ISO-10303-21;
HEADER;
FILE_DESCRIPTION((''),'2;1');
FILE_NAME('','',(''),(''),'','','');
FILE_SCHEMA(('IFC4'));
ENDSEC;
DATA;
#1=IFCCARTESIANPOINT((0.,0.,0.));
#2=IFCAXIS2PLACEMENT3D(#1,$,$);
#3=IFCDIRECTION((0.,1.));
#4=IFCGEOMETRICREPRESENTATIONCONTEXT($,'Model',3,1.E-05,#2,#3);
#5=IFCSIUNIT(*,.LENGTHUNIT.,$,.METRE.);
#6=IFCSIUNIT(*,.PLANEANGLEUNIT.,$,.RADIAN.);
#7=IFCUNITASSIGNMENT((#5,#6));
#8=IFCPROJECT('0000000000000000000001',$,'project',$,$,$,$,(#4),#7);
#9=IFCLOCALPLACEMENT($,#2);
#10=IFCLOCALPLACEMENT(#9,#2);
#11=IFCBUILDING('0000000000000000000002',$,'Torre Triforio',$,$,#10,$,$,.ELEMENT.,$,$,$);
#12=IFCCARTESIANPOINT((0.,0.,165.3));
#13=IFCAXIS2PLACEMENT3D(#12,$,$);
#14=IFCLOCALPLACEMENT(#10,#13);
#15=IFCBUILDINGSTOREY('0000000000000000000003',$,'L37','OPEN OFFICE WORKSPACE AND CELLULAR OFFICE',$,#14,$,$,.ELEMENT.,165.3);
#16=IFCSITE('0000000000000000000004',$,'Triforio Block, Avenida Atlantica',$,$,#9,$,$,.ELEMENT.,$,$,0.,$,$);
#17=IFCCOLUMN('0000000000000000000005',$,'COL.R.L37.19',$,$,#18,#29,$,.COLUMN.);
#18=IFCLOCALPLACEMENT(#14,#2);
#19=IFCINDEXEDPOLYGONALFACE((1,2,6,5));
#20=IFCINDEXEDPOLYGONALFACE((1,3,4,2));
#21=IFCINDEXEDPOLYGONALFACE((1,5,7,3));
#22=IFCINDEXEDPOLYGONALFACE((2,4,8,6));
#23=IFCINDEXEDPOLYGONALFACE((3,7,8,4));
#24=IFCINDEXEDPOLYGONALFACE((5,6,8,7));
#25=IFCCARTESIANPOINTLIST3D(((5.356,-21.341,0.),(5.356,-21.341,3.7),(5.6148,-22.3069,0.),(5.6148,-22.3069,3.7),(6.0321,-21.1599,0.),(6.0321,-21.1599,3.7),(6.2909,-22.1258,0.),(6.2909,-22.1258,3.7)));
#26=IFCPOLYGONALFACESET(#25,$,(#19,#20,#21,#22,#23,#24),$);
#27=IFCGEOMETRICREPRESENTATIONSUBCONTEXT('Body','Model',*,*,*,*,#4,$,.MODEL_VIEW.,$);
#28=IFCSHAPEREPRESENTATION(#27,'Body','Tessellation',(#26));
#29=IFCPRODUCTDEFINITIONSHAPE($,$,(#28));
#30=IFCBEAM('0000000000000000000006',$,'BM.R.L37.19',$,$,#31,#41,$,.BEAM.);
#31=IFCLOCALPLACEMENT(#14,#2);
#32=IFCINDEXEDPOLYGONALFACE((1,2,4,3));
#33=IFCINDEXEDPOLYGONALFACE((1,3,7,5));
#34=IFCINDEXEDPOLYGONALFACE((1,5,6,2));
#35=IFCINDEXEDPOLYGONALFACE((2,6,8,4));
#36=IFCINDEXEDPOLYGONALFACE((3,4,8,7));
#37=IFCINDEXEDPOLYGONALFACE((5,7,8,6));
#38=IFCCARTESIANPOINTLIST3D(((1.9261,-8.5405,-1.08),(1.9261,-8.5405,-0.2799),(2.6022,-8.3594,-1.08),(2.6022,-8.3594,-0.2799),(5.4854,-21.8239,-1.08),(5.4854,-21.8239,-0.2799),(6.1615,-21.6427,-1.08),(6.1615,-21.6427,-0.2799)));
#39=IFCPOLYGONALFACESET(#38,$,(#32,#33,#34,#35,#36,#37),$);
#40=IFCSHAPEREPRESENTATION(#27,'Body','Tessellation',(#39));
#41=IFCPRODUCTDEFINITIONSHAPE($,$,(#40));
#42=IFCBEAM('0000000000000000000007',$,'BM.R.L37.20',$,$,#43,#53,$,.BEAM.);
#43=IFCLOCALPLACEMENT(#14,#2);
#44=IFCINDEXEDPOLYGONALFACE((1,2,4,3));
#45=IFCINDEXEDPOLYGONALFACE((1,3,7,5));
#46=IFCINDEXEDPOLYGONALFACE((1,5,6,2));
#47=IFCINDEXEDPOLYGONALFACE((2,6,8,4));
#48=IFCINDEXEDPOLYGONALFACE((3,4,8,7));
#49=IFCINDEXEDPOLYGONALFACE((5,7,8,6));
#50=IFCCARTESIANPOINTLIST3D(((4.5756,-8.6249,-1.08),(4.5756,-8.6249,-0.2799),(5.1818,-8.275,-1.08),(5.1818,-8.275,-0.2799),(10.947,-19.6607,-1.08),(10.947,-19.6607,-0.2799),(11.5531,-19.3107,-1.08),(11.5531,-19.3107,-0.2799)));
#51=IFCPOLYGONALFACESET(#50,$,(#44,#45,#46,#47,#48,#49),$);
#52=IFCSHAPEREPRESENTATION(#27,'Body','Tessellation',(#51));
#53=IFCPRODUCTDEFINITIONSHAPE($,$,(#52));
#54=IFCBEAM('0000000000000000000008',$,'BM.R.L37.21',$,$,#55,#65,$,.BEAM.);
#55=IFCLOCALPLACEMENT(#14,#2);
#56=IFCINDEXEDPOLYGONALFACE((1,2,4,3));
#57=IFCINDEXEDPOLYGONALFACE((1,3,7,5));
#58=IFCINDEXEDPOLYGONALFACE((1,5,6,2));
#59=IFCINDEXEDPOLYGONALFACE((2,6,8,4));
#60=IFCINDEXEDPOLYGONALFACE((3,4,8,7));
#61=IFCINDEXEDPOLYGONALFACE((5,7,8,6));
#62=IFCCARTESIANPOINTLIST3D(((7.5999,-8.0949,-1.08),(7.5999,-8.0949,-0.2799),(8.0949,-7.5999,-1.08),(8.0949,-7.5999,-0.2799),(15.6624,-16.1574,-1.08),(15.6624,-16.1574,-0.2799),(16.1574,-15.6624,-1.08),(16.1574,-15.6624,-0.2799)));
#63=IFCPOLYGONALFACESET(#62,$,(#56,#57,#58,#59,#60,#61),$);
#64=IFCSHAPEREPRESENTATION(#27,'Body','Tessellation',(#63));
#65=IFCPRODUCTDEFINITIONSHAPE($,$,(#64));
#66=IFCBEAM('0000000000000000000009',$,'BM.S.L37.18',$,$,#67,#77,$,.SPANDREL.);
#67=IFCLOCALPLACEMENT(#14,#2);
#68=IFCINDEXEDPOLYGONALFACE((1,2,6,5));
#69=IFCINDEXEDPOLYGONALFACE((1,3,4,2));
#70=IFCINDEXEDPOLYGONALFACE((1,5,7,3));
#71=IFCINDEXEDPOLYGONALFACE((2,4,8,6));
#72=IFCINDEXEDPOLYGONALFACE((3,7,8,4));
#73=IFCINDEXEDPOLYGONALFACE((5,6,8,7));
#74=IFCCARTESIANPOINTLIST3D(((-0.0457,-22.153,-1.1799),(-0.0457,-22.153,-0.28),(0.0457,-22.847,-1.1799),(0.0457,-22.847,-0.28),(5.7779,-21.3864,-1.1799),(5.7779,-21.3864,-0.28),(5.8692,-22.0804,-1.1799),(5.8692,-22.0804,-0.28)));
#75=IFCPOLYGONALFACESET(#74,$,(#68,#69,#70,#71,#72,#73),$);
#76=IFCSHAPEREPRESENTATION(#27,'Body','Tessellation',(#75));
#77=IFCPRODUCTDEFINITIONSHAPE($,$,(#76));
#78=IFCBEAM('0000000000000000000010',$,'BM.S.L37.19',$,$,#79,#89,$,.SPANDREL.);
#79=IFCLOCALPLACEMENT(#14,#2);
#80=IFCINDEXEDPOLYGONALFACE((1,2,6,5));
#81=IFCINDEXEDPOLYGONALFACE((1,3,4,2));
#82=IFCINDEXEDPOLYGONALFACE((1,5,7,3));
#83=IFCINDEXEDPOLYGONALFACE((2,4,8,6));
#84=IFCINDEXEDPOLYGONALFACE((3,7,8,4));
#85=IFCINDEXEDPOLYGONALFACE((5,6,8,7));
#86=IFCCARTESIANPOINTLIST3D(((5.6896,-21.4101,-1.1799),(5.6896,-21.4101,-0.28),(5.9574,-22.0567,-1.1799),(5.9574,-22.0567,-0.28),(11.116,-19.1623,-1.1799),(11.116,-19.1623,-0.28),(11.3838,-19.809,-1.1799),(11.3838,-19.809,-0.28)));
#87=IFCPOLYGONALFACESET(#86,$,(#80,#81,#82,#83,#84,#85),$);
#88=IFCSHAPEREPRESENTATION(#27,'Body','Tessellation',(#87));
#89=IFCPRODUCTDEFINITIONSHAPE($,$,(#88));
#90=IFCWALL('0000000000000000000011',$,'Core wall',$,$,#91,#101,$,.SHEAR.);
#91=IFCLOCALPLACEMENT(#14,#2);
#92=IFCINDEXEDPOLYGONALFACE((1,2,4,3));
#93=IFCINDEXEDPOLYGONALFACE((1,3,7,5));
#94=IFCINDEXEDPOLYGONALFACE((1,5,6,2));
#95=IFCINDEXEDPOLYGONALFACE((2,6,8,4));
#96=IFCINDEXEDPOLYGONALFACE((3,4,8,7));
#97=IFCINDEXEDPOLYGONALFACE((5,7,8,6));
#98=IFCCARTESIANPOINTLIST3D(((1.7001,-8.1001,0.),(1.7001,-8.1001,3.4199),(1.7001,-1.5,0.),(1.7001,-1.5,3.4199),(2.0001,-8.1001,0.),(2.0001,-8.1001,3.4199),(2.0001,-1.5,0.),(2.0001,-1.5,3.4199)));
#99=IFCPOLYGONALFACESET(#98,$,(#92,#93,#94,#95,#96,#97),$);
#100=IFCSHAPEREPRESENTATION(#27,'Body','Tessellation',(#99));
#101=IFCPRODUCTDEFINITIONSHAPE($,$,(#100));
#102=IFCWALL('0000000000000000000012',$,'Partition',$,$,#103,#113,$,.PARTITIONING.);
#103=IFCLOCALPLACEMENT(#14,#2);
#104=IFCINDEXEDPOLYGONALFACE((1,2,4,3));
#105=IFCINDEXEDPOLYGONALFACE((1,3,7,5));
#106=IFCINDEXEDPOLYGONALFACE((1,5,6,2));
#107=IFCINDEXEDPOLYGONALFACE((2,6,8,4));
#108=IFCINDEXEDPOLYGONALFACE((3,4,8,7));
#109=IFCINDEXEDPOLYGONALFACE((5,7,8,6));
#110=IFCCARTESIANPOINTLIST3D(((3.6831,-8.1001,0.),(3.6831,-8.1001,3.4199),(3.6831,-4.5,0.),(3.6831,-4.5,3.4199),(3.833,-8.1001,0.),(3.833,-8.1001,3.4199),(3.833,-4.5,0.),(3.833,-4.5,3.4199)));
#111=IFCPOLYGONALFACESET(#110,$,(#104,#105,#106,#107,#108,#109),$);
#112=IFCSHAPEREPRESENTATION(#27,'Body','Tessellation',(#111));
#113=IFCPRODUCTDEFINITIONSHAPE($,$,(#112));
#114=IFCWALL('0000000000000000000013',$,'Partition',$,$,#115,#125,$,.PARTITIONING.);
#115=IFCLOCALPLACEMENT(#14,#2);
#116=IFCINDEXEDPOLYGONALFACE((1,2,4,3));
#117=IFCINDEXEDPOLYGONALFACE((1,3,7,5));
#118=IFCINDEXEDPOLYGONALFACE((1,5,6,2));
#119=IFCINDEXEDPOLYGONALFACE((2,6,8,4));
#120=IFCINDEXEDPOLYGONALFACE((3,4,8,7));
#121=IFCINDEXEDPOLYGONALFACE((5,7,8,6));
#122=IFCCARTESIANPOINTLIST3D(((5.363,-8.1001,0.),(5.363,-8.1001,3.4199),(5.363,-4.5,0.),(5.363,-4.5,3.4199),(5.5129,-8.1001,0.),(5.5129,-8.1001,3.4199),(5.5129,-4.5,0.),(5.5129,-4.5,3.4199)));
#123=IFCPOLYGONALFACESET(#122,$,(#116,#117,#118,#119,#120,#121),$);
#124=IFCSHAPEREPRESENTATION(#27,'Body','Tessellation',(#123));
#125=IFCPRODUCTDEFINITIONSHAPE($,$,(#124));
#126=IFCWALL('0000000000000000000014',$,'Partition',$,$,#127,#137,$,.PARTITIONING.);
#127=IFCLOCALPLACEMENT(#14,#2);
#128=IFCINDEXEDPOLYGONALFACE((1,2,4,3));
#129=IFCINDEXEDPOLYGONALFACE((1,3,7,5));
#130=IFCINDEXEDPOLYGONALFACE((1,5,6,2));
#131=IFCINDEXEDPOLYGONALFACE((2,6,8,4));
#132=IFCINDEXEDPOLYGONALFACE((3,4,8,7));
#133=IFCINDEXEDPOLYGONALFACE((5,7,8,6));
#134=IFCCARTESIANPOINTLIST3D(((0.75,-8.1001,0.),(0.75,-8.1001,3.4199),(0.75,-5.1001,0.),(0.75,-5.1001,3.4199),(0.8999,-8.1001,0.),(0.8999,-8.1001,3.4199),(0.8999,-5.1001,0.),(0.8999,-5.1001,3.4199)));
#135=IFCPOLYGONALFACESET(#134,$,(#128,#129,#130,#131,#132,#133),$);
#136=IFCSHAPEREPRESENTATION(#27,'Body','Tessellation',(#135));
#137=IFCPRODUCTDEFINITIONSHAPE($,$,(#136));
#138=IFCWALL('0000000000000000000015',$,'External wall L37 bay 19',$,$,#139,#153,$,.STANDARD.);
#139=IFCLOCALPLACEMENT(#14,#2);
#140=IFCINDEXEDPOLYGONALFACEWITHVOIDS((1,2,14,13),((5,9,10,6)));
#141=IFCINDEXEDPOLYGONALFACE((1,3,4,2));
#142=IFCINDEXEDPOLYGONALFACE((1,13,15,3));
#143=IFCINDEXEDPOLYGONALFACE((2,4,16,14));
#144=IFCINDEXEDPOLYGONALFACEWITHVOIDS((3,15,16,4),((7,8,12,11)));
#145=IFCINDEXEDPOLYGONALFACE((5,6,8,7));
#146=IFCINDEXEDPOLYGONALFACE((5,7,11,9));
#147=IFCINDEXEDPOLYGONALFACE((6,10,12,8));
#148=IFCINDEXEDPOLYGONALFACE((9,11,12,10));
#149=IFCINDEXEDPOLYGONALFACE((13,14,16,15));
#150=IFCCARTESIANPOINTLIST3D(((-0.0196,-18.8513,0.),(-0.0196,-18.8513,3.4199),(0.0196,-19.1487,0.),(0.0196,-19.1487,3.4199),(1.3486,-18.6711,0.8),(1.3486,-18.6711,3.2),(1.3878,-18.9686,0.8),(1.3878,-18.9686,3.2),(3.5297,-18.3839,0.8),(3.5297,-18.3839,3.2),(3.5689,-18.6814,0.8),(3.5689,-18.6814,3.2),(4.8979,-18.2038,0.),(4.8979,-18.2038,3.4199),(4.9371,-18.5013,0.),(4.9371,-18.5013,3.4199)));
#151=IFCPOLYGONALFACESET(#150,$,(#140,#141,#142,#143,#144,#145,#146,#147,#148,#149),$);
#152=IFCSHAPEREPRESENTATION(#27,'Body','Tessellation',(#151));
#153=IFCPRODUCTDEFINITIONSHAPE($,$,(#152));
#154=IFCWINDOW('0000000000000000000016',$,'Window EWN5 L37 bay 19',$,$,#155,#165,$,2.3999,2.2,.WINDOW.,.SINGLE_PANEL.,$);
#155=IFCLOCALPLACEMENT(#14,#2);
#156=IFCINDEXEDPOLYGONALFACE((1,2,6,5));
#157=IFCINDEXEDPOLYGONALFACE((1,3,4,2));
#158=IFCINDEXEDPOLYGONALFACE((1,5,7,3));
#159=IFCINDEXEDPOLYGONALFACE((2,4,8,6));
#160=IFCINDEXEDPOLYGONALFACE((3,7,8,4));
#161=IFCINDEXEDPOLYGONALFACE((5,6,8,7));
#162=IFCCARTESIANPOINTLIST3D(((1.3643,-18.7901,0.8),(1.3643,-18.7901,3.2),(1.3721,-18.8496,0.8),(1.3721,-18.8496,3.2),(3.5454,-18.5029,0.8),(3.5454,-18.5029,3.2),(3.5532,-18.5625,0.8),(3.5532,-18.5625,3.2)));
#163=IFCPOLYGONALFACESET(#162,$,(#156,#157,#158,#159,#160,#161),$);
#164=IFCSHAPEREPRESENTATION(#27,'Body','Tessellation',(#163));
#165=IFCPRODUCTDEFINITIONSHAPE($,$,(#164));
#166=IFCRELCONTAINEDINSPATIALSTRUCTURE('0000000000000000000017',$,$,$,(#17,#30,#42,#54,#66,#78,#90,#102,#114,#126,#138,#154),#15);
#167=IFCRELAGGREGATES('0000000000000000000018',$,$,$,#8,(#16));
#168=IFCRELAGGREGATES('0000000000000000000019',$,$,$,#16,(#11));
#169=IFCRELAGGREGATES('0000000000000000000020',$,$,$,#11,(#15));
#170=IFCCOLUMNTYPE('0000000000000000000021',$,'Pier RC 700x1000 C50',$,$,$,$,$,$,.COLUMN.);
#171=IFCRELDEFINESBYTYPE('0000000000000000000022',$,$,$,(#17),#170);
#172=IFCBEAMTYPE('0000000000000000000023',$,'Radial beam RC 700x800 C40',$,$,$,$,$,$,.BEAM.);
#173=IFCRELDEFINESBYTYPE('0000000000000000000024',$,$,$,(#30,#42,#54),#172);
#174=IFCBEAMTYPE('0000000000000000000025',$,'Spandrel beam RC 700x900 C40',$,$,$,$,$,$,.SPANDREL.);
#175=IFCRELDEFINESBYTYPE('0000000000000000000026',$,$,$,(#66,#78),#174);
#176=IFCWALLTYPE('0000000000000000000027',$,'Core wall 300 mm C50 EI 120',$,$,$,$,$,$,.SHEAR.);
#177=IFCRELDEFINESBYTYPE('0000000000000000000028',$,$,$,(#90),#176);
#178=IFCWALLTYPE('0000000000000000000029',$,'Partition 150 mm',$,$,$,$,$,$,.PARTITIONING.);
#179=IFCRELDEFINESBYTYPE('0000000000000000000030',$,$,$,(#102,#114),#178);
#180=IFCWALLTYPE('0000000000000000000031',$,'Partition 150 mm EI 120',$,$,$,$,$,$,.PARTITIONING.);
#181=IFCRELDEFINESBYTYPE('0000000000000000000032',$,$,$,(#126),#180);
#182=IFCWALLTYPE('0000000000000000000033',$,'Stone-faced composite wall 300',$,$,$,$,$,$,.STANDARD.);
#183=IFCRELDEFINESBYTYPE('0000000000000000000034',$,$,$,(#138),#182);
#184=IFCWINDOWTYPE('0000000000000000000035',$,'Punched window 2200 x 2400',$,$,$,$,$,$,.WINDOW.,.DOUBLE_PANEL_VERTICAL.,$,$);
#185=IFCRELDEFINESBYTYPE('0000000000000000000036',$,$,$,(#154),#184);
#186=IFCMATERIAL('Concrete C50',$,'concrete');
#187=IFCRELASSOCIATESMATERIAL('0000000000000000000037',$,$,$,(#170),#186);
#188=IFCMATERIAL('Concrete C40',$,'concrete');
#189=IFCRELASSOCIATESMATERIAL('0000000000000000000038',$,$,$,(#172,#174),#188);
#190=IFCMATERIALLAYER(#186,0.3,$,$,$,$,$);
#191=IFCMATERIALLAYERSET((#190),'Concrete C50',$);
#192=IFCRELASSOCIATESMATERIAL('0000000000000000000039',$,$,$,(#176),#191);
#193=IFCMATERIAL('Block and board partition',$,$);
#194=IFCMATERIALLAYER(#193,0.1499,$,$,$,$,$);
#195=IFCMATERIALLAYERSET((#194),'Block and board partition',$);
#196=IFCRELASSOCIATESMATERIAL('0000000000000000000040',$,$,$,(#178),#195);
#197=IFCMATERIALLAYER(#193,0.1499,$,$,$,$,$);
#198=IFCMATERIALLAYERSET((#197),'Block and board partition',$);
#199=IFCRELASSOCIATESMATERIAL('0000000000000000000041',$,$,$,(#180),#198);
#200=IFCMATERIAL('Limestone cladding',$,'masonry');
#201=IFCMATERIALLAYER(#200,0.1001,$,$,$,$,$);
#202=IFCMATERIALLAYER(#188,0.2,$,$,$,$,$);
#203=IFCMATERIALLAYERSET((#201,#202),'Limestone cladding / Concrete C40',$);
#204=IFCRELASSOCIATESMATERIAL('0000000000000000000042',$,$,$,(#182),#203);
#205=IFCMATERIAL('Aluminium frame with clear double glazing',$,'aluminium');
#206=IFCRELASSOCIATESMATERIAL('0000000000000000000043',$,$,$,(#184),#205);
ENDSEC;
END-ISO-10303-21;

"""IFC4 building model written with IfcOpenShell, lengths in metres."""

from ifc_helpers import new_model, si_unit, direction, frame, frame_2d, origin, origin_2d, place, context, subcontext, project, spatial, rectangle, extrude, material, layer, layer_set, material_profile, profile_set, type_object, element, fill, save


model = new_model("IFC4")

# Units and contexts
model_context = context("Model", 3, precision=1e-05, world=origin(), true_north=direction((0.0, 1.0)))
body_context = subcontext(model_context, "Body", "Model", "MODEL_VIEW")
ifc_project = project(units=[si_unit("LENGTHUNIT", "METRE"), si_unit("PLANEANGLEUNIT", "RADIAN")], contexts=[model_context])

# Site, building, storey
site_placement = place(None, origin())
site = spatial("IfcSite", under=ifc_project, at=site_placement, Name="Triforio Block, Avenida Atlantica", CompositionType="ELEMENT", RefElevation=0.0)
building_placement = place(site_placement, origin())
building = spatial("IfcBuilding", under=site, at=building_placement, Name="Torre Triforio", CompositionType="ELEMENT")
storey_placement = place(building_placement, frame((0.0, 0.0, 165.3)))
storey = spatial("IfcBuildingStorey", under=building, at=storey_placement, Name="L37", Description="OPEN OFFICE WORKSPACE AND CELLULAR OFFICE", CompositionType="ELEMENT", Elevation=165.3)

# Column
ifc_material_1 = material(Name="Concrete C50", Category="concrete")
ifc_material_profile_1 = material_profile(ifc_material_1, rectangle(XDim=0.7, YDim=1.0, at=origin_2d()), Name="RC 700x1000")
ifc_profile_set_1 = profile_set([ifc_material_profile_1], Name="Concrete C50")
column_type = type_object("IfcColumnType", Name="Pier RC 700x1000 C50", PredefinedType="COLUMN", material=ifc_profile_set_1)
column_placement = place(storey_placement, frame((5.8235, -21.7334, 0.0), z_axis=(0.0, 0.0, 1.0), x_axis=(0.965926, 0.258819, 0.0)))
element("IfcColumn", 1, at=column_placement, inside=storey, type_object=column_type, Name="COL.R.L37.19", PredefinedType="COLUMN", context=body_context, shape_type="SweptSolid", body=[
    extrude(rectangle(XDim=0.7, YDim=1.0, at=origin_2d()), origin(), (0.0, 0.0, 1.0), 3.7),
])

# Beams
ifc_material_2 = material(Name="Concrete C40", Category="concrete")
ifc_material_profile_2 = material_profile(ifc_material_2, rectangle(XDim=0.7, YDim=0.8, at=origin_2d()), Name="RC 700x800")
ifc_profile_set_2 = profile_set([ifc_material_profile_2], Name="Concrete C40")
beam_type_1 = type_object("IfcBeamType", Name="Radial beam RC 700x800 C40", PredefinedType="BEAM", material=ifc_profile_set_2)
beam_1_placement = place(storey_placement, frame((2.2642, -8.45, -0.6799), z_axis=(0.258822, -0.965925, 0.0), x_axis=(0.965925, 0.258822, 0.0)))
element("IfcBeam", 2, at=beam_1_placement, inside=storey, type_object=beam_type_1, Name="BM.R.L37.19", PredefinedType="BEAM", context=body_context, shape_type="SweptSolid", body=[
    extrude(rectangle(XDim=0.7, YDim=0.8, at=origin_2d()), origin(), (0.0, 0.0, 1.0), 13.752),
])
beam_2_placement = place(storey_placement, frame((4.8787, -8.45, -0.6799), z_axis=(0.499994, -0.866029, 0.0), x_axis=(0.866029, 0.499994, 0.0)))
element("IfcBeam", 3, at=beam_2_placement, inside=storey, type_object=beam_type_1, Name="BM.R.L37.20", PredefinedType="BEAM", context=body_context, shape_type="SweptSolid", body=[
    extrude(rectangle(XDim=0.7, YDim=0.8, at=origin_2d()), origin(), (0.0, 0.0, 1.0), 12.7429),
])
beam_3_placement = place(storey_placement, frame((7.8474, -7.8474, -0.6799), z_axis=(0.707107, -0.707107, 0.0), x_axis=(0.707107, 0.707107, 0.0)))
element("IfcBeam", 4, at=beam_3_placement, inside=storey, type_object=beam_type_1, Name="BM.R.L37.21", PredefinedType="BEAM", context=body_context, shape_type="SweptSolid", body=[
    extrude(rectangle(XDim=0.7, YDim=0.8, at=origin_2d()), origin(), (0.0, 0.0, 1.0), 11.4021),
])
ifc_material_profile_3 = material_profile(ifc_material_2, rectangle(XDim=0.7, YDim=0.8999, at=origin_2d()), Name="RC 700x900")
ifc_profile_set_3 = profile_set([ifc_material_profile_3], Name="Concrete C40")
beam_type_2 = type_object("IfcBeamType", Name="Spandrel beam RC 700x900 C40", PredefinedType="SPANDREL", material=ifc_profile_set_3)
beam_4_placement = place(storey_placement, frame((0.0, -22.5, -0.73), z_axis=(0.991447, 0.130514, 0.0), x_axis=(-0.130514, 0.991447, 0.0)))
element("IfcBeam", 5, at=beam_4_placement, inside=storey, type_object=beam_type_2, Name="BM.S.L37.18", PredefinedType="SPANDREL", context=body_context, shape_type="SweptSolid", body=[
    extrude(rectangle(XDim=0.7, YDim=0.8999, at=origin_2d()), origin(), (0.0, 0.0, 1.0), 5.8738),
])
beam_5_placement = place(storey_placement, frame((5.8235, -21.7334, -0.73), z_axis=(0.923875, 0.382693, 0.0), x_axis=(-0.382693, 0.923875, 0.0)))
element("IfcBeam", 6, at=beam_5_placement, inside=storey, type_object=beam_type_2, Name="BM.S.L37.19", PredefinedType="SPANDREL", context=body_context, shape_type="SweptSolid", body=[
    extrude(rectangle(XDim=0.7, YDim=0.8999, at=origin_2d()), origin(), (0.0, 0.0, 1.0), 5.8735),
])

# Walls
ifc_layer_1 = layer(ifc_material_1, 0.3)
ifc_layer_set_1 = layer_set([ifc_layer_1], Name="Concrete C50")
wall_type_1 = type_object("IfcWallType", Name="Core wall 300 mm C50 EI 120", PredefinedType="SHEAR", material=ifc_layer_set_1)
wall_1_placement = place(storey_placement, frame((1.8501, -8.1001, 0.0), z_axis=(0.0, 0.0, 1.0), x_axis=(0.0, 1.0, 0.0)))
element("IfcWall", 7, at=wall_1_placement, inside=storey, type_object=wall_type_1, Name="Core wall", PredefinedType="SHEAR", context=body_context, shape_type="SweptSolid", body=[
    extrude(rectangle(XDim=6.6001, YDim=0.3, at=frame_2d((3.3, 0.0))), origin(), (0.0, 0.0, 1.0), 3.4199),
])
ifc_material_3 = material(Name="Block and board partition")
ifc_layer_2 = layer(ifc_material_3, 0.1499)
ifc_layer_set_2 = layer_set([ifc_layer_2], Name="Block and board partition")
wall_type_2 = type_object("IfcWallType", Name="Partition 150 mm", PredefinedType="PARTITIONING", material=ifc_layer_set_2)
for number, where, z_axis, x_axis, name in (
    (8, (3.7581, -8.1001, 0.0), (0.0, 0.0, 1.0), (0.0, 1.0, 0.0), "Partition"),
    (9, (5.438, -8.1001, 0.0), (0.0, 0.0, 1.0), (0.0, 1.0, 0.0), "Partition"),
):
    element("IfcWall", number, at=place(storey_placement, frame(where, z_axis=z_axis, x_axis=x_axis)), inside=storey, type_object=wall_type_2, Name=name, PredefinedType="PARTITIONING", context=body_context, shape_type="SweptSolid", body=[
        extrude(rectangle(XDim=3.6001, YDim=0.1499, at=frame_2d((1.8, 0.0))), origin(), (0.0, 0.0, 1.0), 3.4199),
    ])
ifc_layer_3 = layer(ifc_material_3, 0.1499)
ifc_layer_set_3 = layer_set([ifc_layer_3], Name="Block and board partition")
wall_type_3 = type_object("IfcWallType", Name="Partition 150 mm EI 120", PredefinedType="PARTITIONING", material=ifc_layer_set_3)
wall_2_placement = place(storey_placement, frame((0.825, -8.1001, 0.0), z_axis=(0.0, 0.0, 1.0), x_axis=(0.0, 1.0, 0.0)))
element("IfcWall", 10, at=wall_2_placement, inside=storey, type_object=wall_type_3, Name="Partition", PredefinedType="PARTITIONING", context=body_context, shape_type="SweptSolid", body=[
    extrude(rectangle(XDim=3.0, YDim=0.1499, at=frame_2d((1.5, 0.0))), origin(), (0.0, 0.0, 1.0), 3.4199),
])

# Wall, opening, window
ifc_material_4 = material(Name="Limestone cladding", Category="masonry")
ifc_layer_4 = layer(ifc_material_4, 0.1001)
ifc_layer_5 = layer(ifc_material_2, 0.2)
ifc_layer_set_4 = layer_set([ifc_layer_4, ifc_layer_5], Name="Limestone cladding / Concrete C40")
wall_type_4 = type_object("IfcWallType", Name="Stone-faced composite wall 300", PredefinedType="STANDARD", material=ifc_layer_set_4)
wall_3_placement = place(storey_placement, frame((0.0, -19.0, 0.0), z_axis=(0.0, 0.0, 1.0), x_axis=(0.991443, 0.130539, 0.0)))
wall_3 = element("IfcWall", 11, at=wall_3_placement, inside=storey, type_object=wall_type_4, Name="External wall L37 bay 19", PredefinedType="STANDARD", context=body_context, shape_type="SweptSolid", body=[
    extrude(rectangle(XDim=4.96, YDim=0.3, at=frame_2d((2.48, 0.0))), origin(), (0.0, 0.0, 1.0), 3.4199),
])
opening_1_placement = place(wall_3_placement, frame((1.3799, 0.0, 0.8)))
opening_1 = element("IfcOpeningElement", 12, at=opening_1_placement, cuts=wall_3, PredefinedType="OPENING", context=body_context, shape_type="SweptSolid", body=[
    extrude(rectangle(XDim=2.2, YDim=2.3999, at=frame_2d((1.1001, 1.2))), frame((0.0, 0.1599, 0.0), z_axis=(0.0, -1.0, 0.0), x_axis=(1.0, 0.0, 0.0)), (0.0, 0.0, 1.0), 0.3201),
])
ifc_material_5 = material(Name="Aluminium frame with clear double glazing", Category="aluminium")
window_type_1 = type_object("IfcWindowType", Name="Punched window 2200 x 2400", PartitioningType="DOUBLE_PANEL_VERTICAL", PredefinedType="WINDOW", material=ifc_material_5)
window_1_placement = place(opening_1_placement, origin())
window_1 = element("IfcWindow", 13, at=window_1_placement, inside=storey, type_object=window_type_1, Name="Window EWN5 L37 bay 19", OverallHeight=2.3999, OverallWidth=2.2, PartitioningType="SINGLE_PANEL", PredefinedType="WINDOW", context=body_context, shape_type="SweptSolid", body=[
    extrude(rectangle(XDim=2.2, YDim=2.3999, at=frame_2d((1.1001, 1.2))), frame((0.0, 0.03, 0.0), z_axis=(0.0, -1.0, 0.0), x_axis=(1.0, 0.0, 0.0)), (0.0, 0.0, 1.0), 0.0601),
])
fill(opening_1, window_1)

save(model, "model.ifc")
